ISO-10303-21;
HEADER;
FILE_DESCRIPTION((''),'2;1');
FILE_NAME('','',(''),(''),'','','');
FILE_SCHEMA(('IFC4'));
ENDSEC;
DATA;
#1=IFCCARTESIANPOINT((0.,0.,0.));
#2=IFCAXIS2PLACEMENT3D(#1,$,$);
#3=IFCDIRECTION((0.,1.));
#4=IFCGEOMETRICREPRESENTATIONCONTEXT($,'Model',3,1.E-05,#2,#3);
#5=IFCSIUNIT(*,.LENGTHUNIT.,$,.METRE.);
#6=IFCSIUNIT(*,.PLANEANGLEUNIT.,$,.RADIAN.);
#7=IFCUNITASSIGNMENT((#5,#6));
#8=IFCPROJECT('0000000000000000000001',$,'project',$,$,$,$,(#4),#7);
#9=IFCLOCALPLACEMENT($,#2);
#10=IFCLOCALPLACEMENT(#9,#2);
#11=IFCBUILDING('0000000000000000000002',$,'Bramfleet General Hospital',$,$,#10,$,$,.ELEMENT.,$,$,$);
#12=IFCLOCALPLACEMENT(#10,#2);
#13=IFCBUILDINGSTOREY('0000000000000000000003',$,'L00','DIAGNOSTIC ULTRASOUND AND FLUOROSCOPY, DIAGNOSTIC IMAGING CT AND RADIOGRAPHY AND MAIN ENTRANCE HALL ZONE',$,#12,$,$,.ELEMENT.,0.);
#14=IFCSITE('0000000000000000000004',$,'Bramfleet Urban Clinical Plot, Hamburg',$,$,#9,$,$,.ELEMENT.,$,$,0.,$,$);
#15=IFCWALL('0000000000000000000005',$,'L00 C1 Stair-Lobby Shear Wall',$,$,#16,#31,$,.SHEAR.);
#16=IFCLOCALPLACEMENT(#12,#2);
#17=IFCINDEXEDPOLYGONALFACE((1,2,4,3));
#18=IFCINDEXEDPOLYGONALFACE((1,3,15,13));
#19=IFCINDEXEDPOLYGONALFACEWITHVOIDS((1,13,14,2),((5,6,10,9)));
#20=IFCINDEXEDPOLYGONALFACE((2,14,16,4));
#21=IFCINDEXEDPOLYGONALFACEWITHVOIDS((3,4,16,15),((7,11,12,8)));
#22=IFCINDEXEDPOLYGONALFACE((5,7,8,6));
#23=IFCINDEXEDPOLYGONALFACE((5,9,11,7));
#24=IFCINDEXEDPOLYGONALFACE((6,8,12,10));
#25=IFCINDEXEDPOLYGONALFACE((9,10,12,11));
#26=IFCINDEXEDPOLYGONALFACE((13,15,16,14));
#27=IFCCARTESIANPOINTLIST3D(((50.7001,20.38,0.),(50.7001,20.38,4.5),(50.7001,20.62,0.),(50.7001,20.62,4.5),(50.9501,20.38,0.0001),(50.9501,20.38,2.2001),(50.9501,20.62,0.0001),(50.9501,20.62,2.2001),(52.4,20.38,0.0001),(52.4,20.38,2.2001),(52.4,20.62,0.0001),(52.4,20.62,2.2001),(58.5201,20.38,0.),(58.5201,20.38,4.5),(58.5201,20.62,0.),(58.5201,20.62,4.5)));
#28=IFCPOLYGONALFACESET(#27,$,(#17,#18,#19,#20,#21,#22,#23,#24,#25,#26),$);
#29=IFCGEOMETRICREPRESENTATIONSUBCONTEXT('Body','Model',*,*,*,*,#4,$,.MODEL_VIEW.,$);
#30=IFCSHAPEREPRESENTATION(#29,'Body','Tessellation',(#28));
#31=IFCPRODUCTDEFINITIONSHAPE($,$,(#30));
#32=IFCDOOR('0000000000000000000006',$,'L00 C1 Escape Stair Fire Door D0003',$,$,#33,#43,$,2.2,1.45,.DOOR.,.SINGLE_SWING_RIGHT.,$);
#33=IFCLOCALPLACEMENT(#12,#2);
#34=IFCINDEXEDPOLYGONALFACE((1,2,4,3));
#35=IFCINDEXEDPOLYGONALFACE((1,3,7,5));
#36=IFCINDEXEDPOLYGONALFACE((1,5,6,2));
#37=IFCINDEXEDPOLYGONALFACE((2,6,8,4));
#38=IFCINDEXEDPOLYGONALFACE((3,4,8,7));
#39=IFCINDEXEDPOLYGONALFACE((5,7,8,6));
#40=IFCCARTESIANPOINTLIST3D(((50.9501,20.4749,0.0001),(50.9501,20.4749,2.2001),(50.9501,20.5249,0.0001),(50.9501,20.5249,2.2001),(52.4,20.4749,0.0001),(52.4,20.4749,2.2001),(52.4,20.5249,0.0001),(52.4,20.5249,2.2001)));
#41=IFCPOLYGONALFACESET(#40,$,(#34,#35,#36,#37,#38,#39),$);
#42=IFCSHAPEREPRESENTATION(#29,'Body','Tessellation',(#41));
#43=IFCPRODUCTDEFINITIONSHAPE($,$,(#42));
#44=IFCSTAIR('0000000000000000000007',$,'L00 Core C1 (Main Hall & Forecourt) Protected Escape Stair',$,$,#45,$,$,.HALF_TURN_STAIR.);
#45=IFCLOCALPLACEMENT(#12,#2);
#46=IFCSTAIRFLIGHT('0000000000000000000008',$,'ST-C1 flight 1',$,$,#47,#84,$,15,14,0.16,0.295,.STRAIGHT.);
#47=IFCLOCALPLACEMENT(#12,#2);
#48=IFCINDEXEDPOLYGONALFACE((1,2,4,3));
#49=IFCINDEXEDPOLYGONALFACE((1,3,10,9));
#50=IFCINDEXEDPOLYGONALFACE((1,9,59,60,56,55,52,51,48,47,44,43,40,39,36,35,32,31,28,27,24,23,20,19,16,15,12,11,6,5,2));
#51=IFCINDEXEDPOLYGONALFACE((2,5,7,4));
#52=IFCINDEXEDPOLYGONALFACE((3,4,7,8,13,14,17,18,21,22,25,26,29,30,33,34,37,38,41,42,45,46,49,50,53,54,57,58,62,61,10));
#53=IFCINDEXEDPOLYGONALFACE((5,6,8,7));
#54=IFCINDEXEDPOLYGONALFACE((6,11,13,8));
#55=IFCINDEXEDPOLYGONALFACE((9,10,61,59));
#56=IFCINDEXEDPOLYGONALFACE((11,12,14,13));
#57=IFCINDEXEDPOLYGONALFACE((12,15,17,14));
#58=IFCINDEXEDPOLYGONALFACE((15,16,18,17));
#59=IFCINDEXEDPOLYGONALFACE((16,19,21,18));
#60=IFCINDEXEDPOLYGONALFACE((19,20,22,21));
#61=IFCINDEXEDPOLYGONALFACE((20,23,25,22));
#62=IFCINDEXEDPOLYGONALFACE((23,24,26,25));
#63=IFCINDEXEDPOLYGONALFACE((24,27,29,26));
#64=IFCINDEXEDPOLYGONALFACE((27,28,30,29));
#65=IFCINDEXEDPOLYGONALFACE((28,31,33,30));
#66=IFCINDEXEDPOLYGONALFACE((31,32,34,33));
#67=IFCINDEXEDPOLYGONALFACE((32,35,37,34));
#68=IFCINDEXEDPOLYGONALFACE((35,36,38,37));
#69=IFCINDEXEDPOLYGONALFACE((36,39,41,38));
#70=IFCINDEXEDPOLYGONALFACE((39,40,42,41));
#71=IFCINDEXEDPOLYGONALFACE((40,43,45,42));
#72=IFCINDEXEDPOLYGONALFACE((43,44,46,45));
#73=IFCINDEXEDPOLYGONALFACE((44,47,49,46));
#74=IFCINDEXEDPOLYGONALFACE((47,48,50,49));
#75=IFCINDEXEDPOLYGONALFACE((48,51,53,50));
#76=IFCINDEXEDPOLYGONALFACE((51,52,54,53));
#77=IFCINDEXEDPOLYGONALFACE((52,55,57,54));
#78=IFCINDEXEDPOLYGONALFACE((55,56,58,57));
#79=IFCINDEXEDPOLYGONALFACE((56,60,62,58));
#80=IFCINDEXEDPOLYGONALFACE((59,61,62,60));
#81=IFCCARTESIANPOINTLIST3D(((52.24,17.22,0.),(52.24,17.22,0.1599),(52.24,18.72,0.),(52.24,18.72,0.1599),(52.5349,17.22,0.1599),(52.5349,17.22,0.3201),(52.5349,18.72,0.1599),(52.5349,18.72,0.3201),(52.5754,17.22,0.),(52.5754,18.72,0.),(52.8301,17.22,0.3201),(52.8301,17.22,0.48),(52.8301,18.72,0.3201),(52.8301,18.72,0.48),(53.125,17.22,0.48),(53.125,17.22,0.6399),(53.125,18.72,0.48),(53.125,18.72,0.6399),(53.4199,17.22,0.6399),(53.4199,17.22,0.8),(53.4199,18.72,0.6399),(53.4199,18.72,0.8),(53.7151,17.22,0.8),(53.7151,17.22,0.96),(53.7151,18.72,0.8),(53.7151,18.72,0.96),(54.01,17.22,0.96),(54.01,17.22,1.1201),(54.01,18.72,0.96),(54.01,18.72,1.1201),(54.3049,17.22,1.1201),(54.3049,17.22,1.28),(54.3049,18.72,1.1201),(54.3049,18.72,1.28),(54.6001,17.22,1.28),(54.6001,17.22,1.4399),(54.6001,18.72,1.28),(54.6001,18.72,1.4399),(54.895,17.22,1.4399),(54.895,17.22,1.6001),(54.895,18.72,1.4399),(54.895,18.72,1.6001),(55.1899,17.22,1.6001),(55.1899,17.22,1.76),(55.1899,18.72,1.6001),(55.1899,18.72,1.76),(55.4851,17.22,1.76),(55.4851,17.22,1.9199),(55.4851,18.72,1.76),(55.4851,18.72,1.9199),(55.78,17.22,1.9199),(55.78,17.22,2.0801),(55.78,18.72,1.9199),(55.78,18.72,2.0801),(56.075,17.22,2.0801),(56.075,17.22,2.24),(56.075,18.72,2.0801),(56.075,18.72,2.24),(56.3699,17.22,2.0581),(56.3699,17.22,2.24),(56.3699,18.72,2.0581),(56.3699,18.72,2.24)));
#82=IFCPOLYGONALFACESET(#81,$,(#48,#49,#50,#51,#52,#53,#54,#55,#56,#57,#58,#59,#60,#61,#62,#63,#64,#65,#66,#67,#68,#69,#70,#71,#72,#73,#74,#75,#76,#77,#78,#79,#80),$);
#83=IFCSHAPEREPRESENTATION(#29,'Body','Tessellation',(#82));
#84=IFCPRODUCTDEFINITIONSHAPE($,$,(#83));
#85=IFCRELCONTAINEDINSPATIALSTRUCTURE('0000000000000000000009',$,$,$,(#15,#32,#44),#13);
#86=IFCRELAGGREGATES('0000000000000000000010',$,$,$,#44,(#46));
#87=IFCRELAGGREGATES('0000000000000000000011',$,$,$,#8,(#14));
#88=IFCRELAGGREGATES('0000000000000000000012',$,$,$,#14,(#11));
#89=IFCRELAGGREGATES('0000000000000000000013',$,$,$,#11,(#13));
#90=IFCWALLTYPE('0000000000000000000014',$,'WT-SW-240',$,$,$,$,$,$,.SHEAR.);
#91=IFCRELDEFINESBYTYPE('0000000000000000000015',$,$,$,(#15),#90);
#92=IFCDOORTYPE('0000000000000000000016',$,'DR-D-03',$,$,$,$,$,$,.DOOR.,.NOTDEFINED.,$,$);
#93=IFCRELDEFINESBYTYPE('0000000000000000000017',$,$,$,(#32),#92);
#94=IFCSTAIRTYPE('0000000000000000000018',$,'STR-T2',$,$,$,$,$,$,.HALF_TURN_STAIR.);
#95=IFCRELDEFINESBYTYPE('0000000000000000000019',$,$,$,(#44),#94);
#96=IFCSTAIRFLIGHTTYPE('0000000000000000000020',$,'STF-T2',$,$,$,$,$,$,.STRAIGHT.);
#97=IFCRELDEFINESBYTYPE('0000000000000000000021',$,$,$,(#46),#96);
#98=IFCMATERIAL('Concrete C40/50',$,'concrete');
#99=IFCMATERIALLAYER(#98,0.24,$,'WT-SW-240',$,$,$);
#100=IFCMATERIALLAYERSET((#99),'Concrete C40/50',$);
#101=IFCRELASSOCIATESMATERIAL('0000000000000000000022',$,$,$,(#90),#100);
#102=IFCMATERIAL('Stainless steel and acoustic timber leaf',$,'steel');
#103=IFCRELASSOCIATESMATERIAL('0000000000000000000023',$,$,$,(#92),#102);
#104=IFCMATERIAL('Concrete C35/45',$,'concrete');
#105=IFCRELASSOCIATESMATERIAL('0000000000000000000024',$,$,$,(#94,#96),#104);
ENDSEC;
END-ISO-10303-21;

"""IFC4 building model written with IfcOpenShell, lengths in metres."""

from ifc_helpers import new_model, si_unit, direction, frame, frame_2d, origin, place, context, subcontext, project, spatial, polyline, rectangle, outline, extrude, material, layer, layer_set, type_object, element, fill, aggregate, save


model = new_model("IFC4")

# Units and contexts
model_context = context("Model", 3, precision=1e-05, world=origin(), true_north=direction((0.0, 1.0)))
body_context = subcontext(model_context, "Body", "Model", "MODEL_VIEW")
ifc_project = project(units=[si_unit("LENGTHUNIT", "METRE"), si_unit("PLANEANGLEUNIT", "RADIAN")], contexts=[model_context])

# Site, building, storey
site_placement = place(None, origin())
site = spatial("IfcSite", under=ifc_project, at=site_placement, Name="Bramfleet Urban Clinical Plot, Hamburg", CompositionType="ELEMENT", RefElevation=0.0)
building_placement = place(site_placement, origin())
building = spatial("IfcBuilding", under=site, at=building_placement, Name="Bramfleet General Hospital", CompositionType="ELEMENT")
storey_placement = place(building_placement, origin())
storey = spatial("IfcBuildingStorey", under=building, at=storey_placement, Name="L00", Description="DIAGNOSTIC ULTRASOUND AND FLUOROSCOPY, DIAGNOSTIC IMAGING CT AND RADIOGRAPHY AND MAIN ENTRANCE HALL ZONE", CompositionType="ELEMENT", Elevation=0.0)

# Shared definitions
ifc_material_1 = material(Name="Concrete C40/50", Category="concrete")

# Shared definitions
ifc_material_2 = material(Name="Concrete C35/45", Category="concrete")

# Shared definitions
ifc_layer_1 = layer(ifc_material_1, 0.24, Name="WT-SW-240")
ifc_layer_set_1 = layer_set([ifc_layer_1], Name="Concrete C40/50")
wall_type_1 = type_object("IfcWallType", Name="WT-SW-240", PredefinedType="SHEAR", material=ifc_layer_set_1)

# Wall, opening, door
wall_1_placement = place(storey_placement, frame((50.7, 20.5, 0.0), z_axis=(0.0, 0.0, 1.0), x_axis=(1.0, 0.0, 0.0)))
wall_1 = element("IfcWall", 1, at=wall_1_placement, inside=storey, type_object=wall_type_1, Name="L00 C1 Stair-Lobby Shear Wall", PredefinedType="SHEAR", context=body_context, shape_type="SweptSolid", body=[
    extrude(rectangle(XDim=7.8201, YDim=0.24, at=frame_2d((3.9102, 0.0))), origin(), (0.0, 0.0, 1.0), 4.5),
])
opening_1_placement = place(wall_1_placement, frame((0.25, 0.0, 0.0)))
opening_1 = element("IfcOpeningElement", 2, at=opening_1_placement, cuts=wall_1, PredefinedType="OPENING", context=body_context, shape_type="SweptSolid", body=[
    extrude(rectangle(XDim=1.45, YDim=2.2, at=frame_2d((0.7251, 1.1001))), frame((0.0, 0.1299, 0.0), z_axis=(0.0, -1.0, 0.0), x_axis=(1.0, 0.0, 0.0)), (0.0, 0.0, 1.0), 0.26),
])
ifc_material_3 = material(Name="Stainless steel and acoustic timber leaf", Category="steel")
door_type = type_object("IfcDoorType", Name="DR-D-03", OperationType="NOTDEFINED", PredefinedType="DOOR", material=ifc_material_3)
door_placement = place(opening_1_placement, origin())
door = element("IfcDoor", 3, at=door_placement, inside=storey, type_object=door_type, Name="L00 C1 Escape Stair Fire Door D0003", OperationType="SINGLE_SWING_RIGHT", OverallHeight=2.2, OverallWidth=1.45, PredefinedType="DOOR", context=body_context, shape_type="SweptSolid", body=[
    extrude(rectangle(XDim=1.45, YDim=2.2, at=frame_2d((0.7251, 1.1001))), frame((0.0, 0.0249, 0.0), z_axis=(0.0, -1.0, 0.0), x_axis=(1.0, 0.0, 0.0)), (0.0, 0.0, 1.0), 0.05),
])
fill(opening_1, door)

# Stair, stair flight
stair_type = type_object("IfcStairType", Name="STR-T2", PredefinedType="HALF_TURN_STAIR", material=ifc_material_2)
stair_placement = place(storey_placement, origin())
stair = element("IfcStair", 4, at=stair_placement, inside=storey, type_object=stair_type, Name="L00 Core C1 (Main Hall & Forecourt) Protected Escape Stair", PredefinedType="HALF_TURN_STAIR")
stair_flight_type = type_object("IfcStairFlightType", Name="STF-T2", PredefinedType="STRAIGHT", material=ifc_material_2)
stair_flight_placement = place(storey_placement, frame((52.24, 17.97, 0.0), z_axis=(0.0, 0.0, 1.0), x_axis=(1.0, 0.0, 0.0)))
stair_flight = element("IfcStairFlight", 5, at=stair_flight_placement, type_object=stair_flight_type, Name="ST-C1 flight 1", NumberOfRisers=15, NumberOfTreads=14, PredefinedType="STRAIGHT", RiserHeight=0.16, TreadLength=0.295, context=body_context, shape_type="SweptSolid", body=[
    extrude(outline(polyline([(0.0, 0.0), (0.0, 0.1599), (0.2949, 0.1599), (0.2949, 0.3201), (0.5901, 0.3201), (0.5901, 0.48), (0.885, 0.48), (0.885, 0.6399), (1.1799, 0.6399), (1.1799, 0.8), (1.4751, 0.8), (1.4751, 0.96), (1.77, 0.96), (1.77, 1.1201), (2.0649, 1.1201), (2.0649, 1.28), (2.3601, 1.28), (2.3601, 1.4399), (2.655, 1.4399), (2.655, 1.6001), (2.95, 1.6001), (2.95, 1.76), (3.2451, 1.76), (3.2451, 1.9199), (3.54, 1.9199), (3.54, 2.0801), (3.835, 2.0801), (3.835, 2.24), (4.1299, 2.24), (4.1299, 2.3999), (4.1299, 2.0581), (0.3354, 0.0), (0.0, 0.0)])), frame((0.0, 0.75, 0.0), z_axis=(0.0, -1.0, 0.0), x_axis=(1.0, 0.0, 0.0)), (0.0, 0.0, 1.0), 1.5),
])
aggregate(stair, [stair_flight])

save(model, "model.ifc")
